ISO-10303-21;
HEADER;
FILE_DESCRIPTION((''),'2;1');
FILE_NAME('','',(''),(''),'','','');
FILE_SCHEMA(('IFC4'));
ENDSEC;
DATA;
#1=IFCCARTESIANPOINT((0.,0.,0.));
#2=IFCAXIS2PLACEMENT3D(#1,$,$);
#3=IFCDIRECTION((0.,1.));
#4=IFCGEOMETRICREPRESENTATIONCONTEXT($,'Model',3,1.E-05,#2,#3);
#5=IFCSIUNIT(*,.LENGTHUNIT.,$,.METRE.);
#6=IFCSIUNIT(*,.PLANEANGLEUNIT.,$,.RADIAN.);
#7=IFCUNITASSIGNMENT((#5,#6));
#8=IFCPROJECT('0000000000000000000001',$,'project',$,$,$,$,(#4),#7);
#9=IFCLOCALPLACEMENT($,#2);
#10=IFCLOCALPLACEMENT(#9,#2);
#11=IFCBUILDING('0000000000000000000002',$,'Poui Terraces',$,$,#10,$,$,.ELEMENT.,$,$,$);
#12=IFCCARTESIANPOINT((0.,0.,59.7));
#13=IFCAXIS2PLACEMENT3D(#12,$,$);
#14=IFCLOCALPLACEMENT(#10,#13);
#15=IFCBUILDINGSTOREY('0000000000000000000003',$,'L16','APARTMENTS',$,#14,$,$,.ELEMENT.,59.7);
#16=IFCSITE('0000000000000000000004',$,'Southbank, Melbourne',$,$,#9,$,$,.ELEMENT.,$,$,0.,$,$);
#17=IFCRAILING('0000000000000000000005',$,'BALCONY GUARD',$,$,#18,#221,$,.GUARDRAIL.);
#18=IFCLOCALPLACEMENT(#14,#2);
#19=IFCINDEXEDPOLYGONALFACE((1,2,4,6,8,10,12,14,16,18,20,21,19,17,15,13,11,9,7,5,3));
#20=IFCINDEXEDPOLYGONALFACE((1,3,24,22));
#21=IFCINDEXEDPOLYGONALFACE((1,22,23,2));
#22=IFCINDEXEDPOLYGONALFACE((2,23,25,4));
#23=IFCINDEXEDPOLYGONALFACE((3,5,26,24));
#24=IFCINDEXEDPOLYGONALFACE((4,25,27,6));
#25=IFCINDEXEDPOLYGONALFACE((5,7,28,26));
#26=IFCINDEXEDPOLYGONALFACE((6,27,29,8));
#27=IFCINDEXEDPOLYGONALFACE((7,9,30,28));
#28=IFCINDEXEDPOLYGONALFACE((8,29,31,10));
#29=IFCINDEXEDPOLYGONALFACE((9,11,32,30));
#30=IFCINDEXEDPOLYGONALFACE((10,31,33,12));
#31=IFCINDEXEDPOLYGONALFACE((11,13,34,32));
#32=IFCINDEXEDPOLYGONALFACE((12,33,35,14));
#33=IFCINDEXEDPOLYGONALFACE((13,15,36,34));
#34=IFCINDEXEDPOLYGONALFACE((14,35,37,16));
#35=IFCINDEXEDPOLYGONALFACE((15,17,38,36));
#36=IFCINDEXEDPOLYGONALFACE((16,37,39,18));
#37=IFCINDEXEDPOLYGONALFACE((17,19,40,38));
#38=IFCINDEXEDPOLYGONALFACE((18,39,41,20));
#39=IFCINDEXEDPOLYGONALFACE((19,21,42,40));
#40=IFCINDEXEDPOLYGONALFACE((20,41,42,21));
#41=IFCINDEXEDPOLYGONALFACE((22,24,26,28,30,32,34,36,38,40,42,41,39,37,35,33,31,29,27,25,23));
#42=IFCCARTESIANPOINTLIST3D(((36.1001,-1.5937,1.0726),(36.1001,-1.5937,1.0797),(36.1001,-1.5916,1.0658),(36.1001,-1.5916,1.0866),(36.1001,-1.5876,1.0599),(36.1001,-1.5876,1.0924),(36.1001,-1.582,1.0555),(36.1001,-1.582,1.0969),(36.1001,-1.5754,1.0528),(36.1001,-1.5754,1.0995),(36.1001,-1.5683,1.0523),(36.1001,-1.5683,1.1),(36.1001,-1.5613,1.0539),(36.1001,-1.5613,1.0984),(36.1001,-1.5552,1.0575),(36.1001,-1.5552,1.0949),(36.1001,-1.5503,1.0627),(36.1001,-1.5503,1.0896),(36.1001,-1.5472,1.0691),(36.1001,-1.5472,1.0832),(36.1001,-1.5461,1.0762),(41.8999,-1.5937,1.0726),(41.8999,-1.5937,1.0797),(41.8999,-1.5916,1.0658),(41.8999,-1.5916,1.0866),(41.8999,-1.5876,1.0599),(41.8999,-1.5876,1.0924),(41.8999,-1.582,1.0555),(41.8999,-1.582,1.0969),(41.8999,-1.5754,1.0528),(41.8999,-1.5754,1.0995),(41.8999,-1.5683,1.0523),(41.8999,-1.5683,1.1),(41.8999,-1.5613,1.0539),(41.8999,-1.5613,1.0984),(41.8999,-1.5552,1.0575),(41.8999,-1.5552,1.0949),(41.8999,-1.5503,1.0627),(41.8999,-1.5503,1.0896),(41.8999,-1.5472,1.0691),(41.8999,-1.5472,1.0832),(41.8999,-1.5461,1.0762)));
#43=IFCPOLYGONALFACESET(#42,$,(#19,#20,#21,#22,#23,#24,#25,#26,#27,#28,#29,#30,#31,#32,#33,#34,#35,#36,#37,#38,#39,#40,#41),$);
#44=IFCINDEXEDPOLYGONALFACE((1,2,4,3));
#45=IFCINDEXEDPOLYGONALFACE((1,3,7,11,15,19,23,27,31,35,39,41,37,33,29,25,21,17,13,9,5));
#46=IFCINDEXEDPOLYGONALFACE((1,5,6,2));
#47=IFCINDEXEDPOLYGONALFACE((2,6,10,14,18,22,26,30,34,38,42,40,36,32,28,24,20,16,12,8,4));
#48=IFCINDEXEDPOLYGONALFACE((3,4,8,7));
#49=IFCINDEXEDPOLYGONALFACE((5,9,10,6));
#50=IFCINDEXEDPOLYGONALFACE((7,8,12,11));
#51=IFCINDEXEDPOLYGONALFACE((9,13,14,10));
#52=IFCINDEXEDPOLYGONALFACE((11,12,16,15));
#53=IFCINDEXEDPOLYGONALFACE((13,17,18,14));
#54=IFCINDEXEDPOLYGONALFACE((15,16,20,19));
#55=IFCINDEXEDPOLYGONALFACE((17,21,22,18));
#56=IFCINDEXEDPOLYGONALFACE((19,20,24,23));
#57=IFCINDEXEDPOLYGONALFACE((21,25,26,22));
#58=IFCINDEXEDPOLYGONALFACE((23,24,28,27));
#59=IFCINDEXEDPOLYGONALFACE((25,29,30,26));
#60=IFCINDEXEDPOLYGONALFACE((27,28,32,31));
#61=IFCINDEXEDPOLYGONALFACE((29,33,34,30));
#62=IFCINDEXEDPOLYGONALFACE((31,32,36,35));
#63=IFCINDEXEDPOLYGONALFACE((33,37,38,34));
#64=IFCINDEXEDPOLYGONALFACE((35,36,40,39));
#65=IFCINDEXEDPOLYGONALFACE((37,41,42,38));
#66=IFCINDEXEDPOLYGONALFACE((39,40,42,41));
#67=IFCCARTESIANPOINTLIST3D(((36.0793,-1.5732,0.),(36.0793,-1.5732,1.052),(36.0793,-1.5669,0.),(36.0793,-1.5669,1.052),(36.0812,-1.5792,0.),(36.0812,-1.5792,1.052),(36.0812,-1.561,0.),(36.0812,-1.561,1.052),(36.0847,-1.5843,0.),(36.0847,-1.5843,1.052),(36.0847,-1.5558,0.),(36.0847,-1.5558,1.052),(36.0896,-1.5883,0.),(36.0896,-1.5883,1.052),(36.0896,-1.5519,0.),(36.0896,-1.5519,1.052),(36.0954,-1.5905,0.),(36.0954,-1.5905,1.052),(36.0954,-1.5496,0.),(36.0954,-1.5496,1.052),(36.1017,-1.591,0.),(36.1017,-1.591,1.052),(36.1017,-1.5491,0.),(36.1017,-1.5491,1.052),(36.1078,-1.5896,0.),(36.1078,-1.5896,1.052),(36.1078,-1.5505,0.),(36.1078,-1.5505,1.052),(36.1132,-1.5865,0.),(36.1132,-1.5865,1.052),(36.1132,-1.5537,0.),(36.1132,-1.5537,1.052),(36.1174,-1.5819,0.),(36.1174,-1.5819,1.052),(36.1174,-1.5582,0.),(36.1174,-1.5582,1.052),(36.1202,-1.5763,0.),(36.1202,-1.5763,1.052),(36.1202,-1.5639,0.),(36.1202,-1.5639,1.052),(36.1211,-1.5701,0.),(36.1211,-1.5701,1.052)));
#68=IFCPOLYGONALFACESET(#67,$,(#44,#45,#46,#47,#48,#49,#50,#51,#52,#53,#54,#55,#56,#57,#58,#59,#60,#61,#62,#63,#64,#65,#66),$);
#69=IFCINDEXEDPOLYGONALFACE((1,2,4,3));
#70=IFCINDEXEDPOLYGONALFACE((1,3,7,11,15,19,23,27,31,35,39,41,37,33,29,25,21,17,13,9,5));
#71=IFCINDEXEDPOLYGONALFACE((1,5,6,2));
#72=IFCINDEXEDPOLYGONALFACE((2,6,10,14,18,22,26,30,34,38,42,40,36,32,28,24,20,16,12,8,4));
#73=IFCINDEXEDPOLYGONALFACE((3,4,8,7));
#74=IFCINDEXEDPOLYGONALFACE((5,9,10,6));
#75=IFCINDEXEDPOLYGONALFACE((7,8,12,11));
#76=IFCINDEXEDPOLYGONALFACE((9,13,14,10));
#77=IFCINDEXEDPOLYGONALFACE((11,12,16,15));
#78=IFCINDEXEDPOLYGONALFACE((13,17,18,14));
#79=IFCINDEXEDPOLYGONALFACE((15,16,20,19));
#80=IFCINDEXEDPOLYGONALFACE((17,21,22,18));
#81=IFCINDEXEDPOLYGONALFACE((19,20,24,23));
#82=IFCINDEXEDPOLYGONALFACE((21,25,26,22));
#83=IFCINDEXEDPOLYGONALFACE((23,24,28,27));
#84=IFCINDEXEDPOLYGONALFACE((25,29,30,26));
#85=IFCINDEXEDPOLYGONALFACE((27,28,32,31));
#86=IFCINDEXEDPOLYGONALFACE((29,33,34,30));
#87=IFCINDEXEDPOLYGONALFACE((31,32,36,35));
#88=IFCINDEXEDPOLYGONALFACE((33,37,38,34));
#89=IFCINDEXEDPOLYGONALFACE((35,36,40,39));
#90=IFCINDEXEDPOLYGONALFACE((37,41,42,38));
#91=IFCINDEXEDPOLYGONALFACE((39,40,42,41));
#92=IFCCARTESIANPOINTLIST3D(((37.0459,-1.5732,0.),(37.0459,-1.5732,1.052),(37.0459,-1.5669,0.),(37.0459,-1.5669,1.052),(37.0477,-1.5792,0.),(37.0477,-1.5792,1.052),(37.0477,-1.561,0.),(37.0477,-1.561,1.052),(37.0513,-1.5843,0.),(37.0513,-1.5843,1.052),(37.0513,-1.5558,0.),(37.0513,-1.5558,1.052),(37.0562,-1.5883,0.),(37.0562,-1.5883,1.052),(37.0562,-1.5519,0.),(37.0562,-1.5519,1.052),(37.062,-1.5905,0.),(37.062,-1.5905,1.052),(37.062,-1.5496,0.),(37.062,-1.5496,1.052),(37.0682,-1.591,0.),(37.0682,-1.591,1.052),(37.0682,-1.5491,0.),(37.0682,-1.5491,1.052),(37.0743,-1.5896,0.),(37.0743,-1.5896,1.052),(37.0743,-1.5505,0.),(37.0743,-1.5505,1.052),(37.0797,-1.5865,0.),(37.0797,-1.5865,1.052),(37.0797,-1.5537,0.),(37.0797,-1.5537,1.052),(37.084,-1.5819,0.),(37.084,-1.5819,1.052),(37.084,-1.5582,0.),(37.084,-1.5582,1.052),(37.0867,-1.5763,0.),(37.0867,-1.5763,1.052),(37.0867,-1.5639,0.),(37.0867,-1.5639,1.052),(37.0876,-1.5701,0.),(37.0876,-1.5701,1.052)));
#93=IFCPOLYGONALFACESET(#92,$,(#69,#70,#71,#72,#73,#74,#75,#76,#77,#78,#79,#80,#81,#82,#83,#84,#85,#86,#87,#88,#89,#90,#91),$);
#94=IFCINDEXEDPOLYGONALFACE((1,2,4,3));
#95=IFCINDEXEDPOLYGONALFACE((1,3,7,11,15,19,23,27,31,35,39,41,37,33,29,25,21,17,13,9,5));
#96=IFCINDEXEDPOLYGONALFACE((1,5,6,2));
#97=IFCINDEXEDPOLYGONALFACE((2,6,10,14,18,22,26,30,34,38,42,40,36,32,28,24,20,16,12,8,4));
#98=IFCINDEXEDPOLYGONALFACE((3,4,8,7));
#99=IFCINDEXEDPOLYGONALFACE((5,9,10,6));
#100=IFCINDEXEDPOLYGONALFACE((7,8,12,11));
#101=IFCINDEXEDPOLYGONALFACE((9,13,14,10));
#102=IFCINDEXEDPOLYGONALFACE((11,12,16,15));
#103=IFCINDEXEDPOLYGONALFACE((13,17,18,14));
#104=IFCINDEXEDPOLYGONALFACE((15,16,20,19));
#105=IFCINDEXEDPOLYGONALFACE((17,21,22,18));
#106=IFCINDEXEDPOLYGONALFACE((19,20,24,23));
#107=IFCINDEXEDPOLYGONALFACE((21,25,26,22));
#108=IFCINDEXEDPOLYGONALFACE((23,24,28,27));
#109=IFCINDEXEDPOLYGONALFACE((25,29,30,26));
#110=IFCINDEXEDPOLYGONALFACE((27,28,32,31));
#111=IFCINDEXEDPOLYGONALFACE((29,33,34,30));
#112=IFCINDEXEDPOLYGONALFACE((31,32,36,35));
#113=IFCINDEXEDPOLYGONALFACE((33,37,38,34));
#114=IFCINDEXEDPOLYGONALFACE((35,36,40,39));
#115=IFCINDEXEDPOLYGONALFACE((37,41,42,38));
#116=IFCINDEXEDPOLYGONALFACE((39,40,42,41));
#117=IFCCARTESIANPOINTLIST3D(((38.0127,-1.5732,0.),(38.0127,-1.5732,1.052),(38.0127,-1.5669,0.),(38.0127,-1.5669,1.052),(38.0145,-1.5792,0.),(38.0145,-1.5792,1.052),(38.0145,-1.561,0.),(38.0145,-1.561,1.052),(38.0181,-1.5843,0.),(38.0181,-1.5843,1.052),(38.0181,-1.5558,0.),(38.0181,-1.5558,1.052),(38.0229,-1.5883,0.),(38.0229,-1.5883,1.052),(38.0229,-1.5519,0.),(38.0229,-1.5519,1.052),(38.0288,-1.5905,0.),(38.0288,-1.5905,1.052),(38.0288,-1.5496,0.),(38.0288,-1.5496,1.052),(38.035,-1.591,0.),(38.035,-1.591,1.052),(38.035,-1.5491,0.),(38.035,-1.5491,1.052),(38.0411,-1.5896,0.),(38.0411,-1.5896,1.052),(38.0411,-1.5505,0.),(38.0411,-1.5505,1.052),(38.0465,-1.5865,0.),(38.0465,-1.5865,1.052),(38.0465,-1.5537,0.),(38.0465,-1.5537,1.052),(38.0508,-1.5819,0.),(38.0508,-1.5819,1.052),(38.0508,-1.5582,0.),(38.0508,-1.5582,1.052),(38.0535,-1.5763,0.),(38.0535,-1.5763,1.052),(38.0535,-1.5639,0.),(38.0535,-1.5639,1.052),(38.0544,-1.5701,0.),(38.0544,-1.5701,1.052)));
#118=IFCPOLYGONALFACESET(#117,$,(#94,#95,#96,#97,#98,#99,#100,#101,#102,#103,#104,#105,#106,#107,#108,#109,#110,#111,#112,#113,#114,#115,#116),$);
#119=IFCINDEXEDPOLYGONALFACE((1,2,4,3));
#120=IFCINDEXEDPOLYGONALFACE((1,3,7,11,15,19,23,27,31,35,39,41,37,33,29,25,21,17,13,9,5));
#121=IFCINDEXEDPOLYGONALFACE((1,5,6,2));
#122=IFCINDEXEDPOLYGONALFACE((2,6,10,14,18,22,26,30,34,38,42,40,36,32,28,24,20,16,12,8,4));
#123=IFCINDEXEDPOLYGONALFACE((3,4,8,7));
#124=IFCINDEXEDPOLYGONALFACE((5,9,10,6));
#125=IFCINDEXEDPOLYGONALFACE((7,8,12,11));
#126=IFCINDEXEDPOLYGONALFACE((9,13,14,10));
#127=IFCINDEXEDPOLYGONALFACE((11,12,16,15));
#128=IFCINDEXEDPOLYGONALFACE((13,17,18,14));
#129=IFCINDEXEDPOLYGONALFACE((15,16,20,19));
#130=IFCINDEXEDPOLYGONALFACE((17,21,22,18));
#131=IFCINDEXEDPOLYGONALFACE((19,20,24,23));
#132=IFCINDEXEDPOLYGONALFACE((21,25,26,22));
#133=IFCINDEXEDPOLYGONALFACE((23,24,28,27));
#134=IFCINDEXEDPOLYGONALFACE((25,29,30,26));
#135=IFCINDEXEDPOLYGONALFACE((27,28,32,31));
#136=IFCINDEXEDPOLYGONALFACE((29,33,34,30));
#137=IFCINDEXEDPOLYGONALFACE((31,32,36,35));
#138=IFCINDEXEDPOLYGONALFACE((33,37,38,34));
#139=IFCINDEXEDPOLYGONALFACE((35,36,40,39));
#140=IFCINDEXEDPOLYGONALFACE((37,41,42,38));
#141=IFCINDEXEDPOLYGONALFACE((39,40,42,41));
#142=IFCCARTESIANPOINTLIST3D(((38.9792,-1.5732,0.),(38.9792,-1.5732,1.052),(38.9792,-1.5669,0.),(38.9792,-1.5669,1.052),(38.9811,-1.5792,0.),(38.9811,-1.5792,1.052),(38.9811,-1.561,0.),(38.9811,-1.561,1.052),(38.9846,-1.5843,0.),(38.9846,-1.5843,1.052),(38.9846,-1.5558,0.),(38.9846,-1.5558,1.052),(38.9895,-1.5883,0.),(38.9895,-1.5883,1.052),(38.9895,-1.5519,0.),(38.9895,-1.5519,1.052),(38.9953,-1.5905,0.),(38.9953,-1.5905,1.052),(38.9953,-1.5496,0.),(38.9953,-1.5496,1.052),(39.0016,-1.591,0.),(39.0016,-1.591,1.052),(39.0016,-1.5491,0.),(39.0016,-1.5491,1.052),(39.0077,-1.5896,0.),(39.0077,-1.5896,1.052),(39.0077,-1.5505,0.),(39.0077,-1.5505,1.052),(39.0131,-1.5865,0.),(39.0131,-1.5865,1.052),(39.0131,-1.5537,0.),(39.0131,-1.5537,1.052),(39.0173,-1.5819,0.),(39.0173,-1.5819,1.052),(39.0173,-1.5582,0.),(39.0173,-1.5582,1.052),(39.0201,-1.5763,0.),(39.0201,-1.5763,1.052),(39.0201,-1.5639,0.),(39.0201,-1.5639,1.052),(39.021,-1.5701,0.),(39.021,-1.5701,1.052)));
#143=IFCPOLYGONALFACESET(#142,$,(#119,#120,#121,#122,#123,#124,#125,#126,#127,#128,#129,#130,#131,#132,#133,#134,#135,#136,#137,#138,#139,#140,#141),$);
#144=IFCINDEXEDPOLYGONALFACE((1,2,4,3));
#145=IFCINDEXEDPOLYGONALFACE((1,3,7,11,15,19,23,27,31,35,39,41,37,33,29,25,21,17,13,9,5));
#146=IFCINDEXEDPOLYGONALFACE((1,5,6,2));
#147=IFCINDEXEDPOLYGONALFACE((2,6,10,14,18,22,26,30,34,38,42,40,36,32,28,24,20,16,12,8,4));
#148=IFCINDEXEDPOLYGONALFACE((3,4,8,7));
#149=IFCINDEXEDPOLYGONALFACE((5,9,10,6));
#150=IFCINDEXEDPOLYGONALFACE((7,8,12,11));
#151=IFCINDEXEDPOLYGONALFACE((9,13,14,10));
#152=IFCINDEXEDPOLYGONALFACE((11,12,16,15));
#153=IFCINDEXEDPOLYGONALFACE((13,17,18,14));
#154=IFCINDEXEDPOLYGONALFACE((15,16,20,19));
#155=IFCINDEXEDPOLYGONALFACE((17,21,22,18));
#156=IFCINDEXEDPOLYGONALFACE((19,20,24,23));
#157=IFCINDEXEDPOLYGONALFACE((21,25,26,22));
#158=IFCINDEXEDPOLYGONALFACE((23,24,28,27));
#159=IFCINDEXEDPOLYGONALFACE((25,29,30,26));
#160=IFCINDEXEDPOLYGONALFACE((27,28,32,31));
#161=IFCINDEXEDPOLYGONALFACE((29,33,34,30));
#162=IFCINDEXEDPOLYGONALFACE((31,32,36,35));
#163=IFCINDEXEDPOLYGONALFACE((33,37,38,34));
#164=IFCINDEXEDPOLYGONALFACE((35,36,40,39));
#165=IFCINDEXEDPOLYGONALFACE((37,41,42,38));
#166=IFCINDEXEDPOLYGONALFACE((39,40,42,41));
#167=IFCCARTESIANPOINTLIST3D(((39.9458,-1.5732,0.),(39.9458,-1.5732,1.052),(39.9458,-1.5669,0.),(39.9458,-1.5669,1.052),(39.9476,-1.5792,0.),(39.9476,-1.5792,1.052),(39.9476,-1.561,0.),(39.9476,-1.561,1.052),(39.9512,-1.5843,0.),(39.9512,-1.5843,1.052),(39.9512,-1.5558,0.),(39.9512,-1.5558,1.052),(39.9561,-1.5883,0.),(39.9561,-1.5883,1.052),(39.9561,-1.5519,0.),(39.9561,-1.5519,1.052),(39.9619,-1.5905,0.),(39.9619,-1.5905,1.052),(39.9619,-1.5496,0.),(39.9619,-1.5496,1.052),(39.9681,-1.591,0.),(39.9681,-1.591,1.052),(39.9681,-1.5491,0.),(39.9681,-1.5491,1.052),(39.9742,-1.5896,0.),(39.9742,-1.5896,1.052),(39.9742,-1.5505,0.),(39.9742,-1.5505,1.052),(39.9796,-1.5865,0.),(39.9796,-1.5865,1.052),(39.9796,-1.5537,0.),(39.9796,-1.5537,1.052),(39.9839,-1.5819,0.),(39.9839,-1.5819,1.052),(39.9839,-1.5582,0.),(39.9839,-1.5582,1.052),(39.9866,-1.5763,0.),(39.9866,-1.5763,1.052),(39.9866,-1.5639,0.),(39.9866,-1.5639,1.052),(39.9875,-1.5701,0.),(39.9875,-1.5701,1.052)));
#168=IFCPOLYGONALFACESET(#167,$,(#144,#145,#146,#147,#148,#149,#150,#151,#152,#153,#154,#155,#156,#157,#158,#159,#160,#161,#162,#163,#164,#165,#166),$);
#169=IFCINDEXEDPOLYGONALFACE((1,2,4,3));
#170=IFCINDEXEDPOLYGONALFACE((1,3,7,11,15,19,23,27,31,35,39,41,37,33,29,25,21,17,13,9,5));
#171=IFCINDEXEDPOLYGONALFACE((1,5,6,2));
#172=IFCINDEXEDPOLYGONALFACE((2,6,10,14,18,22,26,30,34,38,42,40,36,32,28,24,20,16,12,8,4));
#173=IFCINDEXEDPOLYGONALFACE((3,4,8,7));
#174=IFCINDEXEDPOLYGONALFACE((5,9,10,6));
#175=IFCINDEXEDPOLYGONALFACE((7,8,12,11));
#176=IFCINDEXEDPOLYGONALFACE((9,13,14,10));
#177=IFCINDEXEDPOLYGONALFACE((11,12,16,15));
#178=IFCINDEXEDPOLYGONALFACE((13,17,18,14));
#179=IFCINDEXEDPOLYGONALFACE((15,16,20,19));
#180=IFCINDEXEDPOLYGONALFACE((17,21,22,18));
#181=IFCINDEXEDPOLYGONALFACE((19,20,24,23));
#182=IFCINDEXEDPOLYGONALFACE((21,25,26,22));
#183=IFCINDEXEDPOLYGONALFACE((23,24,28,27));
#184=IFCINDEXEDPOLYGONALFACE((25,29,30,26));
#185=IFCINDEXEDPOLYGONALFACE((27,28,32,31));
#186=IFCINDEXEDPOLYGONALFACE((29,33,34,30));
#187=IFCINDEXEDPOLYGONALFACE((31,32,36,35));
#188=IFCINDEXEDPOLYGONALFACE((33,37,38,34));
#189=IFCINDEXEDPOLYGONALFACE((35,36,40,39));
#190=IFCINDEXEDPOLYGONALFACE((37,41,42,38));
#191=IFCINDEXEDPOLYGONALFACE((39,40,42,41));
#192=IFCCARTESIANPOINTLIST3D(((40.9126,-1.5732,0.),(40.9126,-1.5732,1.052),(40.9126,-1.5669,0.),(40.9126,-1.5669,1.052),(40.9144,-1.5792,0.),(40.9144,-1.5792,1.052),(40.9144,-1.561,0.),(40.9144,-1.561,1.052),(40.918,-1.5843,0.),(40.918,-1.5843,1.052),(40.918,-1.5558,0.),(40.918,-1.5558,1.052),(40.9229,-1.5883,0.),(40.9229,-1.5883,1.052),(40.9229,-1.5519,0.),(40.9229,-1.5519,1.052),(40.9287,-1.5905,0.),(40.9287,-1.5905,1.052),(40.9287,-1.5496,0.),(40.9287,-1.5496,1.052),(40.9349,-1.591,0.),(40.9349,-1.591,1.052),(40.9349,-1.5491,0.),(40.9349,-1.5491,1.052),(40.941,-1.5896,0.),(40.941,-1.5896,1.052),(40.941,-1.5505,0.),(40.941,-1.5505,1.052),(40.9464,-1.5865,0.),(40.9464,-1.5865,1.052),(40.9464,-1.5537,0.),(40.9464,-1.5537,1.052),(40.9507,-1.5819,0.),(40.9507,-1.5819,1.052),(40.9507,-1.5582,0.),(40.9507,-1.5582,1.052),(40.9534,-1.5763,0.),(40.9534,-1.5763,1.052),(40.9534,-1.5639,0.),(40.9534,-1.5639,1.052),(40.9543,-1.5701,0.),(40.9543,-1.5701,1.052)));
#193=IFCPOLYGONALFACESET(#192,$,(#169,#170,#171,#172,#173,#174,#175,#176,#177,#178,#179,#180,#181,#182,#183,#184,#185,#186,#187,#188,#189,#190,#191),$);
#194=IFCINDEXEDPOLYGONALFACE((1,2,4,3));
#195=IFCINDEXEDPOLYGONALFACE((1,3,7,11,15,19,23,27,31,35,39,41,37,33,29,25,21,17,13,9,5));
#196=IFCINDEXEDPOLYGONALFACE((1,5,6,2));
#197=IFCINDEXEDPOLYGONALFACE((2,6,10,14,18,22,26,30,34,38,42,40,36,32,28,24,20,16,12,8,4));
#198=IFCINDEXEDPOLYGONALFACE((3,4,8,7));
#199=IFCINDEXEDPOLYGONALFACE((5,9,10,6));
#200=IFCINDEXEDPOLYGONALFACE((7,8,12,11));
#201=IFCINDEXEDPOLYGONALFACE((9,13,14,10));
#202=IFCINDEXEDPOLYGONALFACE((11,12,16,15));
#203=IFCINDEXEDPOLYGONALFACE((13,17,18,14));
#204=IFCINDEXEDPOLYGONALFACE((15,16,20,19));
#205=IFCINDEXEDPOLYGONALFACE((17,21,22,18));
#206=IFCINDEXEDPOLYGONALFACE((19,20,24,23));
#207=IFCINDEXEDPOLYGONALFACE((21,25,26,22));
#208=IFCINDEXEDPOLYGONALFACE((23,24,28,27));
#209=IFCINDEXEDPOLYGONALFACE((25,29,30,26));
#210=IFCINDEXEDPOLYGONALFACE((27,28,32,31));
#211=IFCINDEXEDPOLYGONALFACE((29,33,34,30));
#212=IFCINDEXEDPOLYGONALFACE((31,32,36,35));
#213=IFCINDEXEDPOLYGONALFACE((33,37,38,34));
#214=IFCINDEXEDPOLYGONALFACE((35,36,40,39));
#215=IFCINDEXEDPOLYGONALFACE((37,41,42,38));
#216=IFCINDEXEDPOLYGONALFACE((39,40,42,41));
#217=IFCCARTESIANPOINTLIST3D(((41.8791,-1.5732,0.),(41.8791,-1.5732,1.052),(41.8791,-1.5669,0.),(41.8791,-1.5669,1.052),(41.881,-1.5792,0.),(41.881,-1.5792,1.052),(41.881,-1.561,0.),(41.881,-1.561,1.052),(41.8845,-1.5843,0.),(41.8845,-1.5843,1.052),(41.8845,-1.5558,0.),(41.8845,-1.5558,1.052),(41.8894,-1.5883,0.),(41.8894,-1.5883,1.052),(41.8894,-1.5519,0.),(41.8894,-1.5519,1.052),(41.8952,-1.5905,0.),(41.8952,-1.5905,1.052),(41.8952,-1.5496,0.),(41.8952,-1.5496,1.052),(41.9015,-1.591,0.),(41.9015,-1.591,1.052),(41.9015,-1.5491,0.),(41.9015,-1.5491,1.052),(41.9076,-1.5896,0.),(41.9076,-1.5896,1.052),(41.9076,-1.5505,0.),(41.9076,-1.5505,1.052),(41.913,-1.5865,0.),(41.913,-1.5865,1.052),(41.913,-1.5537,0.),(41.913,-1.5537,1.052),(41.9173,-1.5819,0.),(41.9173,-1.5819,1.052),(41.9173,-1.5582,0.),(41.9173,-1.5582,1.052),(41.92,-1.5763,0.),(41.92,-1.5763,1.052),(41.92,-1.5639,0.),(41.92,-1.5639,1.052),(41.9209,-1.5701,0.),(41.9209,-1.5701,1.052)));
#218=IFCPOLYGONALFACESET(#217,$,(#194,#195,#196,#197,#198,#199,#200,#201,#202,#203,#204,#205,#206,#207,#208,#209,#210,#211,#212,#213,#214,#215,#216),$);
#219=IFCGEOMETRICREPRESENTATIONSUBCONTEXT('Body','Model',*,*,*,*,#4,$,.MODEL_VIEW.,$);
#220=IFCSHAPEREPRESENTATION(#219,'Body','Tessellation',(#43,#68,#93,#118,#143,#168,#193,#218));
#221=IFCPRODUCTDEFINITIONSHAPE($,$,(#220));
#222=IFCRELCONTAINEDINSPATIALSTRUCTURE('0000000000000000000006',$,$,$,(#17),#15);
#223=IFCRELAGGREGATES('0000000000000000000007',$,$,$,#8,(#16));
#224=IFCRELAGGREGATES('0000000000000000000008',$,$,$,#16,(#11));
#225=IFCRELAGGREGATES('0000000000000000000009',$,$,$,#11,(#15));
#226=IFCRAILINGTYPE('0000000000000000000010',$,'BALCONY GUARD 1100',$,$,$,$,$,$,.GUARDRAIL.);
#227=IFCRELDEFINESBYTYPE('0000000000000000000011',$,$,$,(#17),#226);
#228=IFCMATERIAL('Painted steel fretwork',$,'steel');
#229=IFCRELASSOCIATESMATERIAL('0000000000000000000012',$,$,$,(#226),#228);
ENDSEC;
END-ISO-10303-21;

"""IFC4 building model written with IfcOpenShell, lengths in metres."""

from ifc_helpers import new_model, si_unit, direction, frame, origin, origin_2d, place, context, subcontext, project, spatial, circle, extrude, material, type_object, element, save


model = new_model("IFC4")

# Units and contexts
model_context = context("Model", 3, precision=1e-05, world=origin(), true_north=direction((0.0, 1.0)))
body_context = subcontext(model_context, "Body", "Model", "MODEL_VIEW")
ifc_project = project(units=[si_unit("LENGTHUNIT", "METRE"), si_unit("PLANEANGLEUNIT", "RADIAN")], contexts=[model_context])

# Site, building, storey
site_placement = place(None, origin())
site = spatial("IfcSite", under=ifc_project, at=site_placement, Name="Southbank, Melbourne", CompositionType="ELEMENT", RefElevation=0.0)
building_placement = place(site_placement, origin())
building = spatial("IfcBuilding", under=site, at=building_placement, Name="Poui Terraces", CompositionType="ELEMENT")
storey_placement = place(building_placement, frame((0.0, 0.0, 59.7)))
storey = spatial("IfcBuildingStorey", under=building, at=storey_placement, Name="L16", Description="APARTMENTS", CompositionType="ELEMENT", Elevation=59.7)

# Railing
ifc_material_1 = material(Name="Painted steel fretwork", Category="steel")
railing_type = type_object("IfcRailingType", Name="BALCONY GUARD 1100", PredefinedType="GUARDRAIL", material=ifc_material_1)
railing_placement = place(storey_placement, frame((36.1001, -1.5701, 0.0)))
element("IfcRailing", 1, at=railing_placement, inside=storey, type_object=railing_type, Name="BALCONY GUARD", PredefinedType="GUARDRAIL", context=body_context, shape_type="SweptSolid", body=[
    extrude(circle(Radius=0.0239, at=origin_2d()), frame((0.0, 0.0, 1.0762), z_axis=(1.0, 0.0, 0.0), x_axis=(0.0, 1.0, 0.0)), (0.0, 0.0, 1.0), 5.7998),
    extrude(circle(Radius=0.021, at=origin_2d()), origin(), (0.0, 0.0, 1.0), 1.052),
    extrude(circle(Radius=0.021, at=origin_2d()), frame((0.9666, 0.0, 0.0)), (0.0, 0.0, 1.0), 1.052),
    extrude(circle(Radius=0.021, at=origin_2d()), frame((1.9333, 0.0, 0.0)), (0.0, 0.0, 1.0), 1.052),
    extrude(circle(Radius=0.021, at=origin_2d()), frame((2.8999, 0.0, 0.0)), (0.0, 0.0, 1.0), 1.052),
    extrude(circle(Radius=0.021, at=origin_2d()), frame((3.8665, 0.0, 0.0)), (0.0, 0.0, 1.0), 1.052),
    extrude(circle(Radius=0.021, at=origin_2d()), frame((4.8333, 0.0, 0.0)), (0.0, 0.0, 1.0), 1.052),
    extrude(circle(Radius=0.021, at=origin_2d()), frame((5.7998, 0.0, 0.0)), (0.0, 0.0, 1.0), 1.052),
])

save(model, "model.ifc")
